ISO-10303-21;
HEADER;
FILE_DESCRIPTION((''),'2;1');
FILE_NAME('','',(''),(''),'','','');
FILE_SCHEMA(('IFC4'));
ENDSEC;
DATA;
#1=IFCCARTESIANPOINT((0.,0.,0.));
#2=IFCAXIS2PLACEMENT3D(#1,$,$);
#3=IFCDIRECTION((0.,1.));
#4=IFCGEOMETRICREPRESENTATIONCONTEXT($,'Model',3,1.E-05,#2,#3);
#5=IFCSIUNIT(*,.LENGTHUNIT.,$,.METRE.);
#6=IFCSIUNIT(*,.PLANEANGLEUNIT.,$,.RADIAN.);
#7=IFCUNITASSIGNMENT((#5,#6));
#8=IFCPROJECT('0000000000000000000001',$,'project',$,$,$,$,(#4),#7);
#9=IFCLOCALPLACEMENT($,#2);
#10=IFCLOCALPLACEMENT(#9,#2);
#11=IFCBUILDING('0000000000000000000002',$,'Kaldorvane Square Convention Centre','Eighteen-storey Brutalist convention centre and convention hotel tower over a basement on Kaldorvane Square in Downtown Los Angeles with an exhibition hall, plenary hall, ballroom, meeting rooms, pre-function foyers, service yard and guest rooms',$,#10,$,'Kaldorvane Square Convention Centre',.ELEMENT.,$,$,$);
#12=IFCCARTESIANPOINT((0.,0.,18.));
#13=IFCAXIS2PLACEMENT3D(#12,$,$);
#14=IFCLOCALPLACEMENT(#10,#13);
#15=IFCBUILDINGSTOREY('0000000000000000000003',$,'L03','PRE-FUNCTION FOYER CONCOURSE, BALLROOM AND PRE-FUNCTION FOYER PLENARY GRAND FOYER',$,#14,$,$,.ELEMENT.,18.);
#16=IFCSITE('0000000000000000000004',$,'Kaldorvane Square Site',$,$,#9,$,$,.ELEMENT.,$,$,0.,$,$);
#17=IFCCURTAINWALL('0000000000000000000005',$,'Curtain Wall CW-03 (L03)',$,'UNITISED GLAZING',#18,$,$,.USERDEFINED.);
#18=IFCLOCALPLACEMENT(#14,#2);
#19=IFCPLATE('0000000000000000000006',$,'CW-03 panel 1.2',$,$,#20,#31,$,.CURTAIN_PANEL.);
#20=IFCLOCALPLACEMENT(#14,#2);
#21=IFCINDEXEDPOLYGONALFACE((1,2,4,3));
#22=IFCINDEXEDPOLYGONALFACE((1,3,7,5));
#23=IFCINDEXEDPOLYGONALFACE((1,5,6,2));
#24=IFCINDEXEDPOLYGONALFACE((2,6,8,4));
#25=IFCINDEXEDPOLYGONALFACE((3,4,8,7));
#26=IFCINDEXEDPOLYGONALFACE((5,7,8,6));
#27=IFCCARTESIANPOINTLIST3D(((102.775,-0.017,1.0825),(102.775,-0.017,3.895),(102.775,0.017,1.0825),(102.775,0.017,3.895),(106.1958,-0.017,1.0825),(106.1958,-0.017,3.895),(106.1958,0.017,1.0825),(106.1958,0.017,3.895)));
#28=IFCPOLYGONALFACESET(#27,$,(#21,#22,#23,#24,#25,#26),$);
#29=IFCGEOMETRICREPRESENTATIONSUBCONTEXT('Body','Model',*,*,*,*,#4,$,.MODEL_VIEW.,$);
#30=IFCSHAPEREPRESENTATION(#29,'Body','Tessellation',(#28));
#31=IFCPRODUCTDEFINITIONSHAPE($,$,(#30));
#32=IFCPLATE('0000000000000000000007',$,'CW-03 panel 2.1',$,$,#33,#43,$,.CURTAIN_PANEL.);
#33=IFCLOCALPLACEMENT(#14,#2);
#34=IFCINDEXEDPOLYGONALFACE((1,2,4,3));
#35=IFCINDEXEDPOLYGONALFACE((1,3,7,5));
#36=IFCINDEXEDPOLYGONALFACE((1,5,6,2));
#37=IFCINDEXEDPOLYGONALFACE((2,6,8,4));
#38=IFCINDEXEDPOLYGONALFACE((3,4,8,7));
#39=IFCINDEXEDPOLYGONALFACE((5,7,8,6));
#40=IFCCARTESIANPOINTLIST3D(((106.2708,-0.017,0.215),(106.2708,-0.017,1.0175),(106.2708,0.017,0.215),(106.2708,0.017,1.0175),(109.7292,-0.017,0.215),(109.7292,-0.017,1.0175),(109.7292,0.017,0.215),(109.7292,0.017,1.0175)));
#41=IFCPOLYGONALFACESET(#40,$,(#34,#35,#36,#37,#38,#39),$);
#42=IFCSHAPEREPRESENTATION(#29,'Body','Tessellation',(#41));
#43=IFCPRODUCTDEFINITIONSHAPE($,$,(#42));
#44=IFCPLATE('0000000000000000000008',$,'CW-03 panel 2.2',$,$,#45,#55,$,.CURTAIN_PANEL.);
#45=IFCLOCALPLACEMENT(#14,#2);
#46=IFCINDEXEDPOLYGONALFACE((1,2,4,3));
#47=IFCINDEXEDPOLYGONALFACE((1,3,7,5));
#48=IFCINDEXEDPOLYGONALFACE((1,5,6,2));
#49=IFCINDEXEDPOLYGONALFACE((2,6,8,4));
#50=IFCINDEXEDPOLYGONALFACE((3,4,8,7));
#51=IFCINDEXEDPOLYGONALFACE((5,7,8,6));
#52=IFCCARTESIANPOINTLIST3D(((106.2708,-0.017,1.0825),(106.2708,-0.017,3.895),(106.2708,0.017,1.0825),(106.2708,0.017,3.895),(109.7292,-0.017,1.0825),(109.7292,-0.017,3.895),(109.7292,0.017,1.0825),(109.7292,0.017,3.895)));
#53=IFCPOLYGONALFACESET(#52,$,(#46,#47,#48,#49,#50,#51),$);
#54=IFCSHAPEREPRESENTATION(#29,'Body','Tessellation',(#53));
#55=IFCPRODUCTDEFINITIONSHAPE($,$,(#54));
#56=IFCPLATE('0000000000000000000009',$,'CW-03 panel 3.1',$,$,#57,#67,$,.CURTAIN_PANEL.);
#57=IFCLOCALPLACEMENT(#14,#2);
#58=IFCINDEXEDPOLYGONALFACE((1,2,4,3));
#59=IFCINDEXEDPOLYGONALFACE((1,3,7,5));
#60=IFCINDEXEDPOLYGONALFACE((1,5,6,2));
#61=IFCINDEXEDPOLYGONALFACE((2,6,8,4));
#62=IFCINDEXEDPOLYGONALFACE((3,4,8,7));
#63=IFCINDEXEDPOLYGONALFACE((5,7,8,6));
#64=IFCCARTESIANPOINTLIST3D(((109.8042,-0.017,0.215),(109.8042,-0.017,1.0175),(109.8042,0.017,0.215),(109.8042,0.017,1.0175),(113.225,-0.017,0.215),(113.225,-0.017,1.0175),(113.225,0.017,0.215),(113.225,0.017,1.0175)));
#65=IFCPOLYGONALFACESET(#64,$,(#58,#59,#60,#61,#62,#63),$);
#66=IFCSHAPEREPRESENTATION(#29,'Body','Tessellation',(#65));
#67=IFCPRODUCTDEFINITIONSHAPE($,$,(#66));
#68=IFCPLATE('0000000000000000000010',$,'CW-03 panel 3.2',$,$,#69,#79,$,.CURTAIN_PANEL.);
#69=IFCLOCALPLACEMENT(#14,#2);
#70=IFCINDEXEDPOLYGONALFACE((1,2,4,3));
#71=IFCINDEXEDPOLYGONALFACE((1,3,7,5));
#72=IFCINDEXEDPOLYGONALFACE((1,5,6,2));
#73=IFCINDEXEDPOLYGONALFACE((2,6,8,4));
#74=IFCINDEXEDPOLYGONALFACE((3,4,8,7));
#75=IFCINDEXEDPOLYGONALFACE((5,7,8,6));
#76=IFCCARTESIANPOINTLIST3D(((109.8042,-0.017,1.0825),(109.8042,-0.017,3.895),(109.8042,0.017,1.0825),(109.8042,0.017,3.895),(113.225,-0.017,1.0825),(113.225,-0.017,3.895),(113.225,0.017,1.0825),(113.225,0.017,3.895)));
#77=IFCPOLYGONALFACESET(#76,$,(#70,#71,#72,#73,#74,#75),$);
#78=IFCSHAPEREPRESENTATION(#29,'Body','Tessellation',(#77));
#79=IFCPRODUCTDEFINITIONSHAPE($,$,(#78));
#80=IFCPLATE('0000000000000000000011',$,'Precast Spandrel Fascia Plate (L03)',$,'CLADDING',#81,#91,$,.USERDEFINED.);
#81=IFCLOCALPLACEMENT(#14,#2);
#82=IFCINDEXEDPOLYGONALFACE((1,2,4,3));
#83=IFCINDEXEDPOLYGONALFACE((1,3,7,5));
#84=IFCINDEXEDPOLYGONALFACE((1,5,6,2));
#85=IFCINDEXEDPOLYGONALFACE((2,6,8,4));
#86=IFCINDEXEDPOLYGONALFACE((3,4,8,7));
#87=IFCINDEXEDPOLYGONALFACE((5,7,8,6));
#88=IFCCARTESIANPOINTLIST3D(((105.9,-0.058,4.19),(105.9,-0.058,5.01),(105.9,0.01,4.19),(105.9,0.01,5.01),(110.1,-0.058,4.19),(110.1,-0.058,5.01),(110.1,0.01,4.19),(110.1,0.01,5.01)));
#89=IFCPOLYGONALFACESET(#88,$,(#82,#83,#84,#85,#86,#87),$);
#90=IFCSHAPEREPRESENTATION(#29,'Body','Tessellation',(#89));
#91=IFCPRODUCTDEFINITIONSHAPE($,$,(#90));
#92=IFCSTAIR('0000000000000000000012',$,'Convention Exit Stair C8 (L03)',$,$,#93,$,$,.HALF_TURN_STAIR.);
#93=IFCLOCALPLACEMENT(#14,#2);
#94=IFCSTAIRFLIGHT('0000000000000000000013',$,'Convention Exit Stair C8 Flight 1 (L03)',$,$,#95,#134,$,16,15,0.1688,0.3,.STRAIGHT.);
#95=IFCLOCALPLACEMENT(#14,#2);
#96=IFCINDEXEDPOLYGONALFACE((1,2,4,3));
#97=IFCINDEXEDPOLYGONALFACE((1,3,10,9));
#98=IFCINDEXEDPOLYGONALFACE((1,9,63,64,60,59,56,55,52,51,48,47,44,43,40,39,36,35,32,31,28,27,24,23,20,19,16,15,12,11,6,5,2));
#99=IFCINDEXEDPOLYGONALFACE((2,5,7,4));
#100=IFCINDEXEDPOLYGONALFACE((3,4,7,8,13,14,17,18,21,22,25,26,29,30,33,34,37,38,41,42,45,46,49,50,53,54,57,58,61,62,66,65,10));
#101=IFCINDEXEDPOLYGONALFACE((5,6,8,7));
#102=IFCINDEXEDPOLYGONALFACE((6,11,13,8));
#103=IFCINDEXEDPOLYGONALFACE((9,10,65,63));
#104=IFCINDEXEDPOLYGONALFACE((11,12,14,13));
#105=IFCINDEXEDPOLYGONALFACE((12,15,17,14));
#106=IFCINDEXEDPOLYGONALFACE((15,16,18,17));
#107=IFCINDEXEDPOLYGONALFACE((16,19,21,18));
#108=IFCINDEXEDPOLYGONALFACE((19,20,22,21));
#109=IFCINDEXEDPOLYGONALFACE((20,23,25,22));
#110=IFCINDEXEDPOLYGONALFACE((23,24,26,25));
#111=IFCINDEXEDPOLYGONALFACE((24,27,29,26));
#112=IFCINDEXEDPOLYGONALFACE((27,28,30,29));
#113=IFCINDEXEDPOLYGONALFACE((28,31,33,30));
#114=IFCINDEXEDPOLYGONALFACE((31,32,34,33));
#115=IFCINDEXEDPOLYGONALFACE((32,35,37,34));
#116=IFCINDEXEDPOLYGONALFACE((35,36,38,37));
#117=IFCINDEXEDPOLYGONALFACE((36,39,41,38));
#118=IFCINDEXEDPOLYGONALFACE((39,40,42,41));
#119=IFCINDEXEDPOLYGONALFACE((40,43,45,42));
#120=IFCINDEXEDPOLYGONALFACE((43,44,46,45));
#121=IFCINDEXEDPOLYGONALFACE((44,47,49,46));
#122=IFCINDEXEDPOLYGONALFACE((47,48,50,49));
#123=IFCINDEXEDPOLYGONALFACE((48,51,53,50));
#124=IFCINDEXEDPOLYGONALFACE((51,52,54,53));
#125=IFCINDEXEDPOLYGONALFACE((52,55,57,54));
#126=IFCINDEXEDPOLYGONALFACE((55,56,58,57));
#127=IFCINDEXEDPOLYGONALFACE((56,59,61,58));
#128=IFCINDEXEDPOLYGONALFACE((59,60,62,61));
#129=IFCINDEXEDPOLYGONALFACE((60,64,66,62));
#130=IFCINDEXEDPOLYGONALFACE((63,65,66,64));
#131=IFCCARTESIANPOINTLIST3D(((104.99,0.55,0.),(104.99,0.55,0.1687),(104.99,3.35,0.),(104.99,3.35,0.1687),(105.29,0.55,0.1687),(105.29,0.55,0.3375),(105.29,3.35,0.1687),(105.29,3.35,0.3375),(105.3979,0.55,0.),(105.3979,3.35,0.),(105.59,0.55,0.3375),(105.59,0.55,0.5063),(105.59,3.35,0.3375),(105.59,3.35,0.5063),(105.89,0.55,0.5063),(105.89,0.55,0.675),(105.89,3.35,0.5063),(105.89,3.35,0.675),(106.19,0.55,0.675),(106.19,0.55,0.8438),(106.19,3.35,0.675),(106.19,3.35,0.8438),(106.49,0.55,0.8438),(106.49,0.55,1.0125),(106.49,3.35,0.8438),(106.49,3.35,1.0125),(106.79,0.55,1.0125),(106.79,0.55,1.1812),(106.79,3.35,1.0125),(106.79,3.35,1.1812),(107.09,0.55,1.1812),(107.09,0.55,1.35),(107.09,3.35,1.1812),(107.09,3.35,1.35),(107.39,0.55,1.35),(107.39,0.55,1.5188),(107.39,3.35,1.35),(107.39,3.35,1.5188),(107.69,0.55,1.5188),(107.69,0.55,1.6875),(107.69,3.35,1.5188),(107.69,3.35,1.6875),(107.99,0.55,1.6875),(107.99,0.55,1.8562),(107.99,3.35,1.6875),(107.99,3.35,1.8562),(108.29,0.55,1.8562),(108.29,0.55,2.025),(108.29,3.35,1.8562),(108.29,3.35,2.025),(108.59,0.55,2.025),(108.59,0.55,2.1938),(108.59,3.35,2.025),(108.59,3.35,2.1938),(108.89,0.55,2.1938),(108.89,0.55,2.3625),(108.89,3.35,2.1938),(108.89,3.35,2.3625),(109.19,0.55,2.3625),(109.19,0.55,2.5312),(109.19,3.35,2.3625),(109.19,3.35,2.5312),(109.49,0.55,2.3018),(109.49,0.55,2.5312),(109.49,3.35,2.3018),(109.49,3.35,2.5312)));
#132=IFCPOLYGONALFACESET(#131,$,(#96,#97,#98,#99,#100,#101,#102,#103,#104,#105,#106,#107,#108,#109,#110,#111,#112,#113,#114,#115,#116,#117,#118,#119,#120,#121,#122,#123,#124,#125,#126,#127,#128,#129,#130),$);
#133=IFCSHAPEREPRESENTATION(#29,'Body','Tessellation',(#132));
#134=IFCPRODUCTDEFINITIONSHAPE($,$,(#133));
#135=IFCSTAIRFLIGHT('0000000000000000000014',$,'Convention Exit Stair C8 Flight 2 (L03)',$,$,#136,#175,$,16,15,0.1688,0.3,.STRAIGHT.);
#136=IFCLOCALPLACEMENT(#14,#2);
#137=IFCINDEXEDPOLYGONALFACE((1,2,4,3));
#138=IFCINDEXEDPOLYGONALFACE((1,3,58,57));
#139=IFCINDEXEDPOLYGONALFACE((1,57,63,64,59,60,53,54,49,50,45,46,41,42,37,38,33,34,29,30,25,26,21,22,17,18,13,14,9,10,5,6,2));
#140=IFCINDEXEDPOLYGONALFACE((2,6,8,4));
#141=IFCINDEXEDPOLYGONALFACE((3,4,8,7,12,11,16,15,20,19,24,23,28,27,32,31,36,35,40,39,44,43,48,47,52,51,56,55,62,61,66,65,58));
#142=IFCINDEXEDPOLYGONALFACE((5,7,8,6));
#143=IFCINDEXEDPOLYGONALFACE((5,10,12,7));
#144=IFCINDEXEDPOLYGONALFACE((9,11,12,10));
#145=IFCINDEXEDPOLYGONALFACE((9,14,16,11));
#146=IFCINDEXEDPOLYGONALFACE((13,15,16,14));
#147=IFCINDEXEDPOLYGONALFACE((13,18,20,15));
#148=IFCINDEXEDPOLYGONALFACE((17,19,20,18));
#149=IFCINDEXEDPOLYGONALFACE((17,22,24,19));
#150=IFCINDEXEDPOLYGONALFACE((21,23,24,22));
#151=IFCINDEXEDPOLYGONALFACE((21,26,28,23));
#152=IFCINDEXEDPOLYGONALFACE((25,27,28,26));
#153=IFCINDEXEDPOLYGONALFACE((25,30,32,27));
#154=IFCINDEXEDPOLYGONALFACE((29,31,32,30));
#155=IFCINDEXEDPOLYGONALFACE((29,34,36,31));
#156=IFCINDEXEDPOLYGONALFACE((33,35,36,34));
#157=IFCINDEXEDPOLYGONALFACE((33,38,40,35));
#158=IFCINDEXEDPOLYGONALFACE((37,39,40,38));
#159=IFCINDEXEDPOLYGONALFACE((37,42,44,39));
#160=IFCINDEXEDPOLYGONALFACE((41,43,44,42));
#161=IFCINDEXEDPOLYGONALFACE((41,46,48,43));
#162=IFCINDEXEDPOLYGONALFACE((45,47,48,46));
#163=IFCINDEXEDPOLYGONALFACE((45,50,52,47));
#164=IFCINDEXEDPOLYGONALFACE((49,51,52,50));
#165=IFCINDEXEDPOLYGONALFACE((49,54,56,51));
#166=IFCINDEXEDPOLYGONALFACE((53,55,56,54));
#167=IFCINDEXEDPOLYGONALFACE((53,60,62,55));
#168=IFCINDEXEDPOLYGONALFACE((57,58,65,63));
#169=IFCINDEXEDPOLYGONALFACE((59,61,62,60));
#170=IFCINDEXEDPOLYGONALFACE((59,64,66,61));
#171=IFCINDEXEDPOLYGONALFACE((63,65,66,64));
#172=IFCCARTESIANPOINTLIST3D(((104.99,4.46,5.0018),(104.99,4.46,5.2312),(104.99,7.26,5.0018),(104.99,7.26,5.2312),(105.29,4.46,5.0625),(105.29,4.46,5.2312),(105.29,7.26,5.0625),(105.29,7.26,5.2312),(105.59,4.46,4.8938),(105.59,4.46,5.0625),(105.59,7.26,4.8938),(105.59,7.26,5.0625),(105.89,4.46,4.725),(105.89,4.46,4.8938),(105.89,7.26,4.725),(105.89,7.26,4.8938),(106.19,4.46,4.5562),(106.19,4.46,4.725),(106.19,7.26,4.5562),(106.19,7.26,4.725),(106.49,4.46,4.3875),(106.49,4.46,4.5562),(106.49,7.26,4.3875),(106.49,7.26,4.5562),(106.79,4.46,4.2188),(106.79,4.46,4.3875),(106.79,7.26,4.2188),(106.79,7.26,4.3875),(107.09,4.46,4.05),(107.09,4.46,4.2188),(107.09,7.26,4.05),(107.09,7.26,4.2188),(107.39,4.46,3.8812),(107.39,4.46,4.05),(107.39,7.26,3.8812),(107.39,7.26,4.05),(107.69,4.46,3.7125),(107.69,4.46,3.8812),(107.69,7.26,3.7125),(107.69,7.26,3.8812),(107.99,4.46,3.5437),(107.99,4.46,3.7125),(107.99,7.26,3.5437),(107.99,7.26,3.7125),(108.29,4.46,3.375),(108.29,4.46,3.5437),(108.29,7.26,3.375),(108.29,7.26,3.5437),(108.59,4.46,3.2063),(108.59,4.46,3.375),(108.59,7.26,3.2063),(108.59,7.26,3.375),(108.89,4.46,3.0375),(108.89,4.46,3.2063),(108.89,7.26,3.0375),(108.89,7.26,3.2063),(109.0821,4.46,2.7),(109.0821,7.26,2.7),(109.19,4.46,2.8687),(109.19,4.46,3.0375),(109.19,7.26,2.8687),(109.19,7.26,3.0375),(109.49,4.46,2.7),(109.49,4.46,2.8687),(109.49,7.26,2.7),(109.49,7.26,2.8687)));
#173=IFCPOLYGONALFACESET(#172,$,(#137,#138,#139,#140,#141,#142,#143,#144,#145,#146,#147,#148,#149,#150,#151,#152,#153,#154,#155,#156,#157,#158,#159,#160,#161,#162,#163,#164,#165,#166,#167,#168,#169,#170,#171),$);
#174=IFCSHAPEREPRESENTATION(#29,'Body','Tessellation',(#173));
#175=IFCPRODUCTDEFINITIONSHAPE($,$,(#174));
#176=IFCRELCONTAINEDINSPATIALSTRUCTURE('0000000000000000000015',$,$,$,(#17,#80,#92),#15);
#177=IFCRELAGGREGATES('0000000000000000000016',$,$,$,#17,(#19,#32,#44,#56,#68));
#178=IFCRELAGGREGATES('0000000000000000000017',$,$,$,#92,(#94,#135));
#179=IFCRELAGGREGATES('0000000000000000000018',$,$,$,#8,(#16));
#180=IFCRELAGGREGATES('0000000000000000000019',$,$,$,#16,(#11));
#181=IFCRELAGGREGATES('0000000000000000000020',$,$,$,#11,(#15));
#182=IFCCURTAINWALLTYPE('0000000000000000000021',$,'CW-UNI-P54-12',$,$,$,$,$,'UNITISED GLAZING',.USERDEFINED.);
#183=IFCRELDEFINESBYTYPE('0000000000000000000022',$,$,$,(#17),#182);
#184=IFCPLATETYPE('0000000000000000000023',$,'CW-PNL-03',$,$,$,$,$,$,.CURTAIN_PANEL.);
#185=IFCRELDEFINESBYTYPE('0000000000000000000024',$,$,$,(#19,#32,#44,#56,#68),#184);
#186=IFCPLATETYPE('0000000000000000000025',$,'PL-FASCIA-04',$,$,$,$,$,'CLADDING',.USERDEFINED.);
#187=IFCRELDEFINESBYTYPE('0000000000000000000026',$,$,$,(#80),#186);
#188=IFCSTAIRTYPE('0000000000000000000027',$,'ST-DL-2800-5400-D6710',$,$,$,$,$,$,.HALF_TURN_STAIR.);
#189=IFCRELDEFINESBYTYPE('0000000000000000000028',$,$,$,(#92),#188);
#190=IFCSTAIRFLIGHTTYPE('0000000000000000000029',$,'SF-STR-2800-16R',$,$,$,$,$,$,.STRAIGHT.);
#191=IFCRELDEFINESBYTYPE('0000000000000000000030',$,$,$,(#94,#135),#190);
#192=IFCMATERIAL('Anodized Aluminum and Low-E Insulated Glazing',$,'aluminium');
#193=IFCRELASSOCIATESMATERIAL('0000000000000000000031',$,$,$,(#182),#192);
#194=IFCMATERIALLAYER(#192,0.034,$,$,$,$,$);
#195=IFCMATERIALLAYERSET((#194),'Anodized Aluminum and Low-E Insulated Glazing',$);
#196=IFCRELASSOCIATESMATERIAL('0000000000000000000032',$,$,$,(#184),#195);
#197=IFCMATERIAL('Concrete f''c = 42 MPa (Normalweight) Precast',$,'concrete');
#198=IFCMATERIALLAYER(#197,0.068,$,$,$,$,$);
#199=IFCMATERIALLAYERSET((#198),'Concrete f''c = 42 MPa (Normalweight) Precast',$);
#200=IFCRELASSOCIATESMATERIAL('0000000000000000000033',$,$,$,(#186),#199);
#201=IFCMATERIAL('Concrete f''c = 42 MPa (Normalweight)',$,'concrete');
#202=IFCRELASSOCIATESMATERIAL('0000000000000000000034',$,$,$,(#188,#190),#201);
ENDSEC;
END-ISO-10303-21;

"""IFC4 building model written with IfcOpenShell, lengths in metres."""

from ifc_helpers import new_model, si_unit, direction, frame, origin, origin_2d, place, context, subcontext, project, spatial, polyline, rectangle, outline, extrude, material, layer, layer_set, type_object, element, aggregate, save


model = new_model("IFC4")

# Units and contexts
model_context = context("Model", 3, precision=1e-05, world=origin(), true_north=direction((0.0, 1.0)))
body_context = subcontext(model_context, "Body", "Model", "MODEL_VIEW")
ifc_project = project(units=[si_unit("LENGTHUNIT", "METRE"), si_unit("PLANEANGLEUNIT", "RADIAN")], contexts=[model_context])

# Site, building, storey
site_placement = place(None, origin())
site = spatial("IfcSite", under=ifc_project, at=site_placement, Name="Kaldorvane Square Site", CompositionType="ELEMENT", RefElevation=0.0)
building_placement = place(site_placement, origin())
building = spatial("IfcBuilding", under=site, at=building_placement, Name="Kaldorvane Square Convention Centre", Description="Eighteen-storey Brutalist convention centre and convention hotel tower over a basement on Kaldorvane Square in Downtown Los Angeles with an exhibition hall, plenary hall, ballroom, meeting rooms, pre-function foyers, service yard and guest rooms", LongName="Kaldorvane Square Convention Centre", CompositionType="ELEMENT")
storey_placement = place(building_placement, frame((0.0, 0.0, 18.0)))
storey = spatial("IfcBuildingStorey", under=building, at=storey_placement, Name="L03", Description="PRE-FUNCTION FOYER CONCOURSE, BALLROOM AND PRE-FUNCTION FOYER PLENARY GRAND FOYER", CompositionType="ELEMENT", Elevation=18.0)

# Curtain wall, plates
ifc_material_1 = material(Name="Anodized Aluminum and Low-E Insulated Glazing", Category="aluminium")
curtain_wall_type = type_object("IfcCurtainWallType", Name="CW-UNI-P54-12", ElementType="UNITISED GLAZING", PredefinedType="USERDEFINED", material=ifc_material_1)
curtain_wall_placement = place(storey_placement, origin())
curtain_wall = element("IfcCurtainWall", 1, at=curtain_wall_placement, inside=storey, type_object=curtain_wall_type, Name="Curtain Wall CW-03 (L03)", ObjectType="UNITISED GLAZING", PredefinedType="USERDEFINED")
ifc_layer_1 = layer(ifc_material_1, 0.034)
ifc_layer_set_1 = layer_set([ifc_layer_1], Name="Anodized Aluminum and Low-E Insulated Glazing")
plate_type_1 = type_object("IfcPlateType", Name="CW-PNL-03", PredefinedType="CURTAIN_PANEL", material=ifc_layer_set_1)
plate_1_placement = place(storey_placement, frame((104.4854, 0.0, 1.0825), z_axis=(0.0, 0.0, 1.0), x_axis=(1.0, 0.0, 0.0)))
plate_1 = element("IfcPlate", 2, at=plate_1_placement, type_object=plate_type_1, Name="CW-03 panel 1.2", PredefinedType="CURTAIN_PANEL", context=body_context, shape_type="SweptSolid", body=[
    extrude(rectangle(XDim=3.4208, YDim=0.034, at=origin_2d()), origin(), (0.0, 0.0, 1.0), 2.8125),
])
plate_2_placement = place(storey_placement, frame((108.0, 0.0, 0.215), z_axis=(0.0, 0.0, 1.0), x_axis=(1.0, 0.0, 0.0)))
plate_2 = element("IfcPlate", 3, at=plate_2_placement, type_object=plate_type_1, Name="CW-03 panel 2.1", PredefinedType="CURTAIN_PANEL", context=body_context, shape_type="SweptSolid", body=[
    extrude(rectangle(XDim=3.4583, YDim=0.034, at=origin_2d()), origin(), (0.0, 0.0, 1.0), 0.8025),
])
plate_3_placement = place(storey_placement, frame((108.0, 0.0, 1.0825), z_axis=(0.0, 0.0, 1.0), x_axis=(1.0, 0.0, 0.0)))
plate_3 = element("IfcPlate", 4, at=plate_3_placement, type_object=plate_type_1, Name="CW-03 panel 2.2", PredefinedType="CURTAIN_PANEL", context=body_context, shape_type="SweptSolid", body=[
    extrude(rectangle(XDim=3.4583, YDim=0.034, at=origin_2d()), origin(), (0.0, 0.0, 1.0), 2.8125),
])
plate_4_placement = place(storey_placement, frame((111.5146, 0.0, 0.215), z_axis=(0.0, 0.0, 1.0), x_axis=(1.0, 0.0, 0.0)))
plate_4 = element("IfcPlate", 5, at=plate_4_placement, type_object=plate_type_1, Name="CW-03 panel 3.1", PredefinedType="CURTAIN_PANEL", context=body_context, shape_type="SweptSolid", body=[
    extrude(rectangle(XDim=3.4208, YDim=0.034, at=origin_2d()), origin(), (0.0, 0.0, 1.0), 0.8025),
])
plate_5_placement = place(storey_placement, frame((111.5146, 0.0, 1.0825), z_axis=(0.0, 0.0, 1.0), x_axis=(1.0, 0.0, 0.0)))
plate_5 = element("IfcPlate", 6, at=plate_5_placement, type_object=plate_type_1, Name="CW-03 panel 3.2", PredefinedType="CURTAIN_PANEL", context=body_context, shape_type="SweptSolid", body=[
    extrude(rectangle(XDim=3.4208, YDim=0.034, at=origin_2d()), origin(), (0.0, 0.0, 1.0), 2.8125),
])
aggregate(curtain_wall, [plate_1, plate_2, plate_3, plate_4, plate_5])

# Plate
ifc_material_2 = material(Name="Concrete f'c = 42 MPa (Normalweight) Precast", Category="concrete")
ifc_layer_2 = layer(ifc_material_2, 0.068)
ifc_layer_set_2 = layer_set([ifc_layer_2], Name="Concrete f'c = 42 MPa (Normalweight) Precast")
plate_type_2 = type_object("IfcPlateType", Name="PL-FASCIA-04", ElementType="CLADDING", PredefinedType="USERDEFINED", material=ifc_layer_set_2)
plate_6_placement = place(storey_placement, frame((108.0, -0.024, 4.19), z_axis=(0.0, 0.0, 1.0), x_axis=(1.0, 0.0, 0.0)))
element("IfcPlate", 7, at=plate_6_placement, inside=storey, type_object=plate_type_2, Name="Precast Spandrel Fascia Plate (L03)", ObjectType="CLADDING", PredefinedType="USERDEFINED", context=body_context, shape_type="SweptSolid", body=[
    extrude(rectangle(XDim=4.2, YDim=0.068, at=origin_2d()), origin(), (0.0, 0.0, 1.0), 0.82),
])

# Stair, stair flights
ifc_material_3 = material(Name="Concrete f'c = 42 MPa (Normalweight)", Category="concrete")
stair_type = type_object("IfcStairType", Name="ST-DL-2800-5400-D6710", PredefinedType="HALF_TURN_STAIR", material=ifc_material_3)
stair_placement = place(storey_placement, origin())
stair = element("IfcStair", 8, at=stair_placement, inside=storey, type_object=stair_type, Name="Convention Exit Stair C8 (L03)", PredefinedType="HALF_TURN_STAIR")
stair_flight_type = type_object("IfcStairFlightType", Name="SF-STR-2800-16R", PredefinedType="STRAIGHT", material=ifc_material_3)
stair_flight_1_placement = place(storey_placement, frame((104.99, 1.95, 0.0), z_axis=(0.0, 0.0, 1.0), x_axis=(1.0, 0.0, 0.0)))
stair_flight_1 = element("IfcStairFlight", 9, at=stair_flight_1_placement, type_object=stair_flight_type, Name="Convention Exit Stair C8 Flight 1 (L03)", NumberOfRisers=16, NumberOfTreads=15, PredefinedType="STRAIGHT", RiserHeight=0.1688, TreadLength=0.3, context=body_context, shape_type="SweptSolid", body=[
    extrude(outline(polyline([(0.0, 0.0), (0.0, 0.1687), (0.3, 0.1687), (0.3, 0.3375), (0.6, 0.3375), (0.6, 0.5063), (0.9, 0.5063), (0.9, 0.675), (1.2, 0.675), (1.2, 0.8438), (1.5, 0.8438), (1.5, 1.0125), (1.8, 1.0125), (1.8, 1.1812), (2.1, 1.1812), (2.1, 1.35), (2.4, 1.35), (2.4, 1.5188), (2.7, 1.5188), (2.7, 1.6875), (3.0, 1.6875), (3.0, 1.8562), (3.3, 1.8562), (3.3, 2.025), (3.6, 2.025), (3.6, 2.1938), (3.9, 2.1938), (3.9, 2.3625), (4.2, 2.3625), (4.2, 2.5312), (4.5, 2.5312), (4.5, 2.7), (4.5, 2.3018), (0.4079, 0.0), (0.0, 0.0)])), frame((0.0, 1.4, 0.0), z_axis=(0.0, -1.0, 0.0), x_axis=(1.0, 0.0, 0.0)), (0.0, 0.0, 1.0), 2.8),
])
stair_flight_2_placement = place(storey_placement, frame((109.49, 5.86, 2.7), z_axis=(0.0, 0.0, 1.0), x_axis=(-1.0, 0.0, 0.0)))
stair_flight_2 = element("IfcStairFlight", 10, at=stair_flight_2_placement, type_object=stair_flight_type, Name="Convention Exit Stair C8 Flight 2 (L03)", NumberOfRisers=16, NumberOfTreads=15, PredefinedType="STRAIGHT", RiserHeight=0.1688, TreadLength=0.3, context=body_context, shape_type="SweptSolid", body=[
    extrude(outline(polyline([(0.0, 0.0), (0.0, 0.1687), (0.3, 0.1687), (0.3, 0.3375), (0.6, 0.3375), (0.6, 0.5063), (0.9, 0.5063), (0.9, 0.675), (1.2, 0.675), (1.2, 0.8438), (1.5, 0.8438), (1.5, 1.0125), (1.8, 1.0125), (1.8, 1.1812), (2.1, 1.1812), (2.1, 1.35), (2.4, 1.35), (2.4, 1.5188), (2.7, 1.5188), (2.7, 1.6875), (3.0, 1.6875), (3.0, 1.8562), (3.3, 1.8562), (3.3, 2.025), (3.6, 2.025), (3.6, 2.1938), (3.9, 2.1938), (3.9, 2.3625), (4.2, 2.3625), (4.2, 2.5312), (4.5, 2.5312), (4.5, 2.7), (4.5, 2.3018), (0.4079, 0.0), (0.0, 0.0)])), frame((0.0, 1.4, 0.0), z_axis=(0.0, -1.0, 0.0), x_axis=(1.0, 0.0, 0.0)), (0.0, 0.0, 1.0), 2.8),
])
aggregate(stair, [stair_flight_1, stair_flight_2])

save(model, "model.ifc")
